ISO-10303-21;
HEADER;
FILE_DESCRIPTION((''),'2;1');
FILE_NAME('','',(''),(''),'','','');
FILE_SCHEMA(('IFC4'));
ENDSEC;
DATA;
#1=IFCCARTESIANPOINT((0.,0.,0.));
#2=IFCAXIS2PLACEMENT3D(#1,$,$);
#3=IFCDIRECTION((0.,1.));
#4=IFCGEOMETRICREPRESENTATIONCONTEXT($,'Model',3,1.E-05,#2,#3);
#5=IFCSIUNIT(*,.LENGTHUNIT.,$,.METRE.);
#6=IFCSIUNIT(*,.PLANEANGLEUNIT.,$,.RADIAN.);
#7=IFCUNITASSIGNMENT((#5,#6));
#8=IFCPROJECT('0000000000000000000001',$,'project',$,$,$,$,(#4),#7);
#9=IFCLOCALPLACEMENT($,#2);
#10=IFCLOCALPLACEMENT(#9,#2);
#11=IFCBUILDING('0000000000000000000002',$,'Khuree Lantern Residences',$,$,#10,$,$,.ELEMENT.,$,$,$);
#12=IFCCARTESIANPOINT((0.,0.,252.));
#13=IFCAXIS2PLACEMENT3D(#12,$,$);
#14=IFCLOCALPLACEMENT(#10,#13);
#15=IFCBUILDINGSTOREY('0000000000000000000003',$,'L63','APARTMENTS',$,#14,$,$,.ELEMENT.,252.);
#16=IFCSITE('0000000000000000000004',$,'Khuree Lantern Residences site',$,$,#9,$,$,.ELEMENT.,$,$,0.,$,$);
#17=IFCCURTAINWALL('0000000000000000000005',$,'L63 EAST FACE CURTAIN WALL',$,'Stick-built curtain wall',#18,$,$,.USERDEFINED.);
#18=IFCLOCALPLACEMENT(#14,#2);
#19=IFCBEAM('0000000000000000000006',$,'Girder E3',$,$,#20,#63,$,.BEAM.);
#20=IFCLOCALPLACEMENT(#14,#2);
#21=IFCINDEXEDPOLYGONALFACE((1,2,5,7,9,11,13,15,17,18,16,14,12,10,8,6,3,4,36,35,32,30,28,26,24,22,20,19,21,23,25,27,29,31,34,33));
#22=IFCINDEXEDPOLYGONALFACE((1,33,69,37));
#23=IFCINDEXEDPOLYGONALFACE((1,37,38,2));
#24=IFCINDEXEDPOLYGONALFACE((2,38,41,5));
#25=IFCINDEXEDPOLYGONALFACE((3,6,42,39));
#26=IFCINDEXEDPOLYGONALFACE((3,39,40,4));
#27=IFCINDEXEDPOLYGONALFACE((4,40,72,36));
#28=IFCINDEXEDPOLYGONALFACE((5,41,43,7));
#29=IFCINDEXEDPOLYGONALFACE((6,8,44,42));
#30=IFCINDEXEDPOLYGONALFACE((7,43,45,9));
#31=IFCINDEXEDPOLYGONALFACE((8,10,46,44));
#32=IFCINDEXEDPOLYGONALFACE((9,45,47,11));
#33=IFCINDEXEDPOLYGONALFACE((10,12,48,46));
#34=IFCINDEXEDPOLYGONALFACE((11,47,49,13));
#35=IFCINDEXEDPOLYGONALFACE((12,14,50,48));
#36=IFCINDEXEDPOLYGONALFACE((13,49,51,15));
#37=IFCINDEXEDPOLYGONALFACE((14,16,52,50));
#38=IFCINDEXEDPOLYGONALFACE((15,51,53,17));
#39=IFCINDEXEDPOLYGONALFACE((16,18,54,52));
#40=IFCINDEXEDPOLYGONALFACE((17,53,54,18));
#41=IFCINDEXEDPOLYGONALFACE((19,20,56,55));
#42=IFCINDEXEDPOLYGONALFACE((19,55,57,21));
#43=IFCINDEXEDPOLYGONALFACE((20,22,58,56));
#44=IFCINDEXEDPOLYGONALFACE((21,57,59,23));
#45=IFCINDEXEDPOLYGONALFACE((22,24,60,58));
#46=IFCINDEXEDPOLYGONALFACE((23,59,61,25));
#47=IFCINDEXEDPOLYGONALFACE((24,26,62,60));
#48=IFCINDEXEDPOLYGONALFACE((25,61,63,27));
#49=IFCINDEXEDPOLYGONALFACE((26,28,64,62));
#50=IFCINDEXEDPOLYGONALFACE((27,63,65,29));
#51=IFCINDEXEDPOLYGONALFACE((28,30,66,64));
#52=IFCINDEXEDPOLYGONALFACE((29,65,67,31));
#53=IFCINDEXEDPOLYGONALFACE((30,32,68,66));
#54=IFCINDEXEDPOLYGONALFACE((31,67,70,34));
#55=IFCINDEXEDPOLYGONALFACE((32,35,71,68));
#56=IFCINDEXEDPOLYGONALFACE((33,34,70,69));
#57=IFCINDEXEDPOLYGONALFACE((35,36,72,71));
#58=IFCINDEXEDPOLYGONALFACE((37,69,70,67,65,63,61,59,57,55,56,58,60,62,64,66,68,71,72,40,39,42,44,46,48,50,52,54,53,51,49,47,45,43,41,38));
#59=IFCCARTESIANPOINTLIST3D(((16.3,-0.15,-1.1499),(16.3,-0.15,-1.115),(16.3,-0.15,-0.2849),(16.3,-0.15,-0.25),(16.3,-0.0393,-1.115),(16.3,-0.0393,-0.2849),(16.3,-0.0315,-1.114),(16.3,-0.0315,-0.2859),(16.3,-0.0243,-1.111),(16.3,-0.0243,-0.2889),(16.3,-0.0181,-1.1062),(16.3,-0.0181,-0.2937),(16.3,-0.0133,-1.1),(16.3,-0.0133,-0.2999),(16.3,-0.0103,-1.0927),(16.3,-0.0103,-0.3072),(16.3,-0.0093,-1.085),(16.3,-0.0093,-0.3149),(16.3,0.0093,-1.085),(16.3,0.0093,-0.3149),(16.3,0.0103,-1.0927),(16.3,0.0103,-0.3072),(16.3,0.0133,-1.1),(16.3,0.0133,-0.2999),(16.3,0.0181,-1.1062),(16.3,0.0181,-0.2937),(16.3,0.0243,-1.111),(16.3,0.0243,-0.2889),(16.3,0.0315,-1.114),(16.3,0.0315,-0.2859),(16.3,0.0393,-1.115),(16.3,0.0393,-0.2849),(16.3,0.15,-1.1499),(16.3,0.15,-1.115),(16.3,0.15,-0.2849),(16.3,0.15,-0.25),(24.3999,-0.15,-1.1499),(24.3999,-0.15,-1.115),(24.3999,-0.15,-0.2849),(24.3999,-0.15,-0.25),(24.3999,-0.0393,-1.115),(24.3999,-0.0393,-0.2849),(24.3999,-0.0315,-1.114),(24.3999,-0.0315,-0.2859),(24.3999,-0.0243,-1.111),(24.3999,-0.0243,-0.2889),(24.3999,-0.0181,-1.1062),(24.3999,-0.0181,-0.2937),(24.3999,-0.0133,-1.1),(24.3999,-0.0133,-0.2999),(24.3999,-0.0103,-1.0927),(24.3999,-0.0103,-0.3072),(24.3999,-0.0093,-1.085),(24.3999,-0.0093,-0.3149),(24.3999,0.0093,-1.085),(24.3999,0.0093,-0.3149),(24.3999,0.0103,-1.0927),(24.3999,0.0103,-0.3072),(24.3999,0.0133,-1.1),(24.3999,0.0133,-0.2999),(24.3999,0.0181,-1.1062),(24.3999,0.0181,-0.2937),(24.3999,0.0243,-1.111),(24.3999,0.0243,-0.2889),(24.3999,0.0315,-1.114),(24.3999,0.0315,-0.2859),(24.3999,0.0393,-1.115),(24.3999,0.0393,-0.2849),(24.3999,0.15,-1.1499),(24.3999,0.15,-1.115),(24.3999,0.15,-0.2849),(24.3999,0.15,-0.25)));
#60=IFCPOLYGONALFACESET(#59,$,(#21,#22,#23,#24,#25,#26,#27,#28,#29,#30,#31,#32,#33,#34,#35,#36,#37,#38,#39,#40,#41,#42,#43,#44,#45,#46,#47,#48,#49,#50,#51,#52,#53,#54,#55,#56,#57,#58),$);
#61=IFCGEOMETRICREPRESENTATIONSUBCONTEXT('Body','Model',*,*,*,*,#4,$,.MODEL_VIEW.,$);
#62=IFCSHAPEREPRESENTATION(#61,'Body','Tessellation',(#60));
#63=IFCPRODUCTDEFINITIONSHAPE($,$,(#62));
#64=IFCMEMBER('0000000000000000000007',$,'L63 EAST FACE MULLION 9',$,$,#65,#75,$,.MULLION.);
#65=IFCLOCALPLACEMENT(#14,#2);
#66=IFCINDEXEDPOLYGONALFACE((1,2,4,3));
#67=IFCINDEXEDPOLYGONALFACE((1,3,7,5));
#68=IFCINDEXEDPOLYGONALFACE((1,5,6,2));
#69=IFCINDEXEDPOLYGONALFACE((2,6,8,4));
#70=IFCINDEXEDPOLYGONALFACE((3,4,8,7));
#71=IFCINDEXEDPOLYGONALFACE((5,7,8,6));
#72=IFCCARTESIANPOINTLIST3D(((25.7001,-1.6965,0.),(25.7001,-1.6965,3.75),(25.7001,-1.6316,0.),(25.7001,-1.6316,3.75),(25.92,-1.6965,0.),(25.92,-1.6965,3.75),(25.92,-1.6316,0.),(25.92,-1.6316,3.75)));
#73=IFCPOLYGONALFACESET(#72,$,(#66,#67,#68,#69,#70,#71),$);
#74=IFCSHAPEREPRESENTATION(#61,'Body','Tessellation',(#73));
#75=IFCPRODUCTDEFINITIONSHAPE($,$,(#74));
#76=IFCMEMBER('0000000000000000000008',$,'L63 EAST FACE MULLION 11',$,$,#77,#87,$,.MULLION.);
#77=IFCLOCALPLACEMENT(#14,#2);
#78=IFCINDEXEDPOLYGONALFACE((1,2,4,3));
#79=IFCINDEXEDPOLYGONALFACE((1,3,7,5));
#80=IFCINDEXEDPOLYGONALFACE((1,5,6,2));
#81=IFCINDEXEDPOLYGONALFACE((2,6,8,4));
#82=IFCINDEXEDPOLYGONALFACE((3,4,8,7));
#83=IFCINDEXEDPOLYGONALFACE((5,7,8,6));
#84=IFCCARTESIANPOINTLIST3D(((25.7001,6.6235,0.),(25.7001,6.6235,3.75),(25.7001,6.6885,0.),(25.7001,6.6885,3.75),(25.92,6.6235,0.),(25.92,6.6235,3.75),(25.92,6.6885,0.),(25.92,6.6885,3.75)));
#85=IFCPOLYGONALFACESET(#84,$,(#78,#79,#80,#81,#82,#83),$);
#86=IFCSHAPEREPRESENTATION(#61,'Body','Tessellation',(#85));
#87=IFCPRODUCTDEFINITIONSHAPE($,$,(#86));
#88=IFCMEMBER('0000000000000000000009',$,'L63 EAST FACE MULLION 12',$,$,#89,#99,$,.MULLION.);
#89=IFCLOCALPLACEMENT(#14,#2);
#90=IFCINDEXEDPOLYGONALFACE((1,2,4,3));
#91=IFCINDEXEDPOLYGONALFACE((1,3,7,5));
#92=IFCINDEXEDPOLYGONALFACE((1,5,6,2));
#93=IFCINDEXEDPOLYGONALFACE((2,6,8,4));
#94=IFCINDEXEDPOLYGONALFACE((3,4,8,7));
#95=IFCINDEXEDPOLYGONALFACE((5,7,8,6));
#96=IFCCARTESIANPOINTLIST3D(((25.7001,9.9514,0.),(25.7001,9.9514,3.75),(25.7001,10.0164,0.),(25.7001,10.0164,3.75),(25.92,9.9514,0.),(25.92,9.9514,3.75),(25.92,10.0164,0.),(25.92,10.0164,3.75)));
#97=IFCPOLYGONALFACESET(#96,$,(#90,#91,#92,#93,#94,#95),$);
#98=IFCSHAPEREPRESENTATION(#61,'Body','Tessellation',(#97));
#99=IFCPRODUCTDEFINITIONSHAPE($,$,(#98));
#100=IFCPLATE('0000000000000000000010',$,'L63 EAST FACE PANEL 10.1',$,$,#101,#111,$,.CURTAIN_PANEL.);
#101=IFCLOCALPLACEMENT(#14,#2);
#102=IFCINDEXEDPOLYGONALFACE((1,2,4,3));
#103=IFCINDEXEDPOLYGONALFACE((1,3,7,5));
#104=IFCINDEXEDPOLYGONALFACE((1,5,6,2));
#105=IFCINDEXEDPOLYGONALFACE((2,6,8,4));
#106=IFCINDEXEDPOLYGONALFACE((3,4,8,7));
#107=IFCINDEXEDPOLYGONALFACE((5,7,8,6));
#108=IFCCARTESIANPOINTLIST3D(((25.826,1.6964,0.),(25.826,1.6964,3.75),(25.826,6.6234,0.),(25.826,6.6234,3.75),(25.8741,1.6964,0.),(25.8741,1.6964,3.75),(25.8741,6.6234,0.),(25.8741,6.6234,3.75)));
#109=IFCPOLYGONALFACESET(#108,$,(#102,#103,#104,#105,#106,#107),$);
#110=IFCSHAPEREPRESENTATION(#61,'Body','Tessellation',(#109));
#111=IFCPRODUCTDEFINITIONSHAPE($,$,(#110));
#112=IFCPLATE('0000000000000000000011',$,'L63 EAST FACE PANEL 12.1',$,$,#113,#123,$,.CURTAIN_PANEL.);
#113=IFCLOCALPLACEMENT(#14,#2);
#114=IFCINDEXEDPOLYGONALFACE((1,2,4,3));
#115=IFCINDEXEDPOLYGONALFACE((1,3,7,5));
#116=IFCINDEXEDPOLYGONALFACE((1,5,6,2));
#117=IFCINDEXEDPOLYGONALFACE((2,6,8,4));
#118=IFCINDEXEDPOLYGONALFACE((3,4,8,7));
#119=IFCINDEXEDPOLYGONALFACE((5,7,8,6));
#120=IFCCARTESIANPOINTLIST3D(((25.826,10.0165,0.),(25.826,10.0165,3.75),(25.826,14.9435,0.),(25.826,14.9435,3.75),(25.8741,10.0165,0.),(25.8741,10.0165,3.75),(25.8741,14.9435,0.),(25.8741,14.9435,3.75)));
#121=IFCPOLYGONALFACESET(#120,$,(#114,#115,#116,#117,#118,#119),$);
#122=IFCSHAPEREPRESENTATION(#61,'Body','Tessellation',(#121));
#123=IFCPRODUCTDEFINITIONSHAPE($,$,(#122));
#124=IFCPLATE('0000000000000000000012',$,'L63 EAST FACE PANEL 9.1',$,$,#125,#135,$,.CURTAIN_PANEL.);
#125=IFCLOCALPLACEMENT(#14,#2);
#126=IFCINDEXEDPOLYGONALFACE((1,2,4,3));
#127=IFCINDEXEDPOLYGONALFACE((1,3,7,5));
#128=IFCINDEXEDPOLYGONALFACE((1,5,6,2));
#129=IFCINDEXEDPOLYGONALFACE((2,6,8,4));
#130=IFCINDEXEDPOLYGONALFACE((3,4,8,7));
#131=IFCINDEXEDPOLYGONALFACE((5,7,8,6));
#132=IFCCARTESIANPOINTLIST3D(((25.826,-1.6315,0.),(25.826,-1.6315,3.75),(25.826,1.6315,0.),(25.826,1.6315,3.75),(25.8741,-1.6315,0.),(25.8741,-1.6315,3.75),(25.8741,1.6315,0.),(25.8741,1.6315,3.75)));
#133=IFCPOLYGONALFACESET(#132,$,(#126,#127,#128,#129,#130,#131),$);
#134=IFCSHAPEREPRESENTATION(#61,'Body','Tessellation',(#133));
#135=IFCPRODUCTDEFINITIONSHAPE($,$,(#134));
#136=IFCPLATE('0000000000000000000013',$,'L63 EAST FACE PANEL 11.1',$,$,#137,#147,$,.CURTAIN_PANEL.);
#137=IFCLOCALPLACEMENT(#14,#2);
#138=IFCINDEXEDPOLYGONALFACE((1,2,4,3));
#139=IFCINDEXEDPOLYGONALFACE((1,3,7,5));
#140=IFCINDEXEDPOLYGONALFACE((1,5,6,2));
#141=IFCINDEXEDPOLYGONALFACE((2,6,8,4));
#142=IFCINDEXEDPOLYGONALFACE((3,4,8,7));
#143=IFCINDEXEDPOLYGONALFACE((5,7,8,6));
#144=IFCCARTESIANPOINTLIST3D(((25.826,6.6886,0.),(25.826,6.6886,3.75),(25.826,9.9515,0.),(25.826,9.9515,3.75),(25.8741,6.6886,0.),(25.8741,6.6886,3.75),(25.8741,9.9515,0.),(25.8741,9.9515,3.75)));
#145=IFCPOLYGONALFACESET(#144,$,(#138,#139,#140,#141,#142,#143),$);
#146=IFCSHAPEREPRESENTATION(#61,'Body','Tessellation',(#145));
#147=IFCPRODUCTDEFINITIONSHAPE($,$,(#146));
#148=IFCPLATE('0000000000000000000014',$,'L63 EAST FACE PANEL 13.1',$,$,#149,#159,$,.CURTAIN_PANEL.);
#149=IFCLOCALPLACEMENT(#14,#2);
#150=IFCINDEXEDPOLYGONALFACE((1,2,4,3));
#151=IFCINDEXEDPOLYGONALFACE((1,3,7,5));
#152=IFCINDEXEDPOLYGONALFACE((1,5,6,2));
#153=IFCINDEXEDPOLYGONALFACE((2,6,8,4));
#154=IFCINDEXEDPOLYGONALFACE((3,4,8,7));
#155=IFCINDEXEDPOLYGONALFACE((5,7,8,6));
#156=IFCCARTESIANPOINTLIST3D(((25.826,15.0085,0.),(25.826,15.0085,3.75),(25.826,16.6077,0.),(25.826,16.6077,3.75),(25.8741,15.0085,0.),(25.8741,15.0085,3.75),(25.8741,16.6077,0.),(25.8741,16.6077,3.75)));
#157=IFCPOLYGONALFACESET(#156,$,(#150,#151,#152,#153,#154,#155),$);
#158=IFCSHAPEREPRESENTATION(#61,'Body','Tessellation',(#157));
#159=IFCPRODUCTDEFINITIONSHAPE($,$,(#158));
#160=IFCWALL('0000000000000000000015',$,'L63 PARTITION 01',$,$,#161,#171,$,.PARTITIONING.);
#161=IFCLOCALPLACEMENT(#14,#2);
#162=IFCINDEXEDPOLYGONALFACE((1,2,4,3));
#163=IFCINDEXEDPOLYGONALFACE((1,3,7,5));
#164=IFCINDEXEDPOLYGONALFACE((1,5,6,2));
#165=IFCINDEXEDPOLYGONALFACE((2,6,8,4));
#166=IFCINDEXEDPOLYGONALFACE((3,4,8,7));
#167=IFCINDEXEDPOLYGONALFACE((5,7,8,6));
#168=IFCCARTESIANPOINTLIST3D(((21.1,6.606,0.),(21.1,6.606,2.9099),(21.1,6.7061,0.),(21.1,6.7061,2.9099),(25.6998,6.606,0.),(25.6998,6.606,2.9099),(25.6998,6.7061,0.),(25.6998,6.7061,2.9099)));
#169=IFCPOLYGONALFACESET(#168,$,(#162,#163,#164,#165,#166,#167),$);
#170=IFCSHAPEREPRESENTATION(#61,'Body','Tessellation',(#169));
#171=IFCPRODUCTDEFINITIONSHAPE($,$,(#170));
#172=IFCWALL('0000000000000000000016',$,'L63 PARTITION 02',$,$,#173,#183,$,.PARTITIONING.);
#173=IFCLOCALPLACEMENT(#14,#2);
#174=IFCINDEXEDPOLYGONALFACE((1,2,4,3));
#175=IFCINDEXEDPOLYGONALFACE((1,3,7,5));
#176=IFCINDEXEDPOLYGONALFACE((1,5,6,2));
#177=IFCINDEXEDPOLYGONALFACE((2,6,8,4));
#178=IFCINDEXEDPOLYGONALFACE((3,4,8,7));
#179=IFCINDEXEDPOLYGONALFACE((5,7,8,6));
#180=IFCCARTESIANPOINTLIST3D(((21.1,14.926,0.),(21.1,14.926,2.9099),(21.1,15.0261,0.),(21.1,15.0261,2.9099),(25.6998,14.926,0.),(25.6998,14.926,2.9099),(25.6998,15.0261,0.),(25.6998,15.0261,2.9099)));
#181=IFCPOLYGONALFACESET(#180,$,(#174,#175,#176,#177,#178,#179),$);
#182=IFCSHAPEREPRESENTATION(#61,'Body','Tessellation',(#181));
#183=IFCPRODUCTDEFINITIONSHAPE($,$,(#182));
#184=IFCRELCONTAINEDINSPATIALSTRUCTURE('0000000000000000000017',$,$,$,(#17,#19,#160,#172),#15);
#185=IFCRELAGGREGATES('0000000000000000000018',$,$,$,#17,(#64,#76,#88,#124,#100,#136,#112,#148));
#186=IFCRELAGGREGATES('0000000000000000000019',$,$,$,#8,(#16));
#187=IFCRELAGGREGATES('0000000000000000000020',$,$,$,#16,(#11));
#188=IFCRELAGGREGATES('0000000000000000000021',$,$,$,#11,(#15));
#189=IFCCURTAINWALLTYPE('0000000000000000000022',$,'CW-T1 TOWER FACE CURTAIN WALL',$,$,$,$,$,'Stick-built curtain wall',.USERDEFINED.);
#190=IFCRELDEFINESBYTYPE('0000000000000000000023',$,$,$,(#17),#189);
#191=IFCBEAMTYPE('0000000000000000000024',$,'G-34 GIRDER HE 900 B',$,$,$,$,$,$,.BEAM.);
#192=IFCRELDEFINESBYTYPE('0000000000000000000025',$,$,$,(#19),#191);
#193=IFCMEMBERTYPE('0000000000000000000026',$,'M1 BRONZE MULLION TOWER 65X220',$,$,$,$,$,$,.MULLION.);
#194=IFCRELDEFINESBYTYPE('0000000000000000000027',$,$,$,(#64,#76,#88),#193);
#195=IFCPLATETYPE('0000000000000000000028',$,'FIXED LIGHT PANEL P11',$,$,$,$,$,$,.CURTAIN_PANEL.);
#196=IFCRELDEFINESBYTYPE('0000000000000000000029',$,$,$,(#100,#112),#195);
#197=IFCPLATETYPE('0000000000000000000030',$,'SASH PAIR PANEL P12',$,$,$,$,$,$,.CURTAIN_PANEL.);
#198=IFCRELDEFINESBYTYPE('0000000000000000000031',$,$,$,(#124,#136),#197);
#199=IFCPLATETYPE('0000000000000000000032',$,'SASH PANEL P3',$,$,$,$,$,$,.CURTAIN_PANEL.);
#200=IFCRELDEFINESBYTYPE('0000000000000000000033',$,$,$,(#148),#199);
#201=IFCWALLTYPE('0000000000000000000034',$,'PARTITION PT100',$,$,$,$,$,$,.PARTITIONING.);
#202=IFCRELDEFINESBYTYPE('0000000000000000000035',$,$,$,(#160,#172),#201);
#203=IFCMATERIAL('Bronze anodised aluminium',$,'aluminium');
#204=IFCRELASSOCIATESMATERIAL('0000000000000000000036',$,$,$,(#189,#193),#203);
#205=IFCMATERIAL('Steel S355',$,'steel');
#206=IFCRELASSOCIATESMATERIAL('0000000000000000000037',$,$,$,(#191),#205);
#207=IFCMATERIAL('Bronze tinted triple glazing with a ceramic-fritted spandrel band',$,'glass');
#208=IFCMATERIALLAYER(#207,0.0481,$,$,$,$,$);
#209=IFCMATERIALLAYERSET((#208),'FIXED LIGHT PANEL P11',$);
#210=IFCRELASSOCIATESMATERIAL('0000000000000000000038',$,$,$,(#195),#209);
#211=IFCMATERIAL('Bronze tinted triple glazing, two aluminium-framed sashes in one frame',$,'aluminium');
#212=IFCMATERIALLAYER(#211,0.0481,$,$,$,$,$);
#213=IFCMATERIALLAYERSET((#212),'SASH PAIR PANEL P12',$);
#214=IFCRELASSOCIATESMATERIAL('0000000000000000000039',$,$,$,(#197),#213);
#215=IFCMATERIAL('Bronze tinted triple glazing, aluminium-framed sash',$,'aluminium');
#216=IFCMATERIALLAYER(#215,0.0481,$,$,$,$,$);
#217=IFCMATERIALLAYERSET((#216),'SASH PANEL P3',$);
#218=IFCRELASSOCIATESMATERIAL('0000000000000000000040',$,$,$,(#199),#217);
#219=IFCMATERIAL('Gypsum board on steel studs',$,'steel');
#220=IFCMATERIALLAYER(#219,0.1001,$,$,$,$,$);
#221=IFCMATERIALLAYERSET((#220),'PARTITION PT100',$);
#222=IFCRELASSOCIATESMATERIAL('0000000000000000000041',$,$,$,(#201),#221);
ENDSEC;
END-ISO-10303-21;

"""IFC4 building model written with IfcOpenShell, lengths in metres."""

from ifc_helpers import new_model, si_unit, direction, frame, frame_2d, origin, origin_2d, place, context, subcontext, project, spatial, rectangle, i_section, extrude, material, layer, layer_set, material_profile, profile_set, type_object, element, aggregate, save


model = new_model("IFC4")

# Units and contexts
model_context = context("Model", 3, precision=1e-05, world=origin(), true_north=direction((0.0, 1.0)))
body_context = subcontext(model_context, "Body", "Model", "MODEL_VIEW")
ifc_project = project(units=[si_unit("LENGTHUNIT", "METRE"), si_unit("PLANEANGLEUNIT", "RADIAN")], contexts=[model_context])

# Site, building, storey
site_placement = place(None, origin())
site = spatial("IfcSite", under=ifc_project, at=site_placement, Name="Khuree Lantern Residences site", CompositionType="ELEMENT", RefElevation=0.0)
building_placement = place(site_placement, origin())
building = spatial("IfcBuilding", under=site, at=building_placement, Name="Khuree Lantern Residences", CompositionType="ELEMENT")
storey_placement = place(building_placement, frame((0.0, 0.0, 252.0)))
storey = spatial("IfcBuildingStorey", under=building, at=storey_placement, Name="L63", Description="APARTMENTS", CompositionType="ELEMENT", Elevation=252.0)

# Shared definitions
ifc_material_1 = material(Name="Steel S355", Category="steel")

# Curtain wall
ifc_material_2 = material(Name="Bronze anodised aluminium", Category="aluminium")
curtain_wall_type = type_object("IfcCurtainWallType", Name="CW-T1 TOWER FACE CURTAIN WALL", ElementType="Stick-built curtain wall", PredefinedType="USERDEFINED", material=ifc_material_2)
curtain_wall_placement = place(storey_placement, origin())
curtain_wall = element("IfcCurtainWall", 1, at=curtain_wall_placement, inside=storey, type_object=curtain_wall_type, Name="L63 EAST FACE CURTAIN WALL", ObjectType="Stick-built curtain wall", PredefinedType="USERDEFINED")

# Beam
ifc_material_profile_1 = material_profile(ifc_material_1, i_section(OverallWidth=0.3, OverallDepth=0.8999, WebThickness=0.0186, FlangeThickness=0.0349, FilletRadius=0.03, at=origin_2d()), Name="HE 900 B")
ifc_profile_set_1 = profile_set([ifc_material_profile_1], Name="Steel S355")
beam_type_1 = type_object("IfcBeamType", Name="G-34 GIRDER HE 900 B", PredefinedType="BEAM", material=ifc_profile_set_1)
for number, where, z_axis, x_axis, name in (
    (2, (24.3999, 0.0, -0.7), (-1.0, 0.0, 0.0), (0.0, -1.0, 0.0), "Girder E3"),
):
    element("IfcBeam", number, at=place(storey_placement, frame(where, z_axis=z_axis, x_axis=x_axis)), inside=storey, type_object=beam_type_1, Name=name, PredefinedType="BEAM", context=body_context, shape_type="SweptSolid", body=[
        extrude(i_section(OverallWidth=0.3, OverallDepth=0.8999, WebThickness=0.0186, FlangeThickness=0.0349, FilletRadius=0.03, at=origin_2d()), origin(), (0.0, 0.0, 1.0), 8.0999),
    ])

# Members
ifc_material_profile_2 = material_profile(ifc_material_2, rectangle(XDim=0.0649, YDim=0.22, at=origin_2d()), Name="M1 65X220")
ifc_profile_set_2 = profile_set([ifc_material_profile_2], Name="Bronze anodised aluminium")
member_type_1 = type_object("IfcMemberType", Name="M1 BRONZE MULLION TOWER 65X220", PredefinedType="MULLION", material=ifc_profile_set_2)
member_1_placement = place(storey_placement, frame((25.8101, -1.6641, 0.0), z_axis=(0.0, 0.0, 1.0), x_axis=(0.0, 1.0, 0.0)))
member_1 = element("IfcMember", 3, at=member_1_placement, type_object=member_type_1, Name="L63 EAST FACE MULLION 9", PredefinedType="MULLION", context=body_context, shape_type="SweptSolid", body=[
    extrude(rectangle(XDim=0.0649, YDim=0.22, at=origin_2d()), origin(), (0.0, 0.0, 1.0), 3.75),
])
member_2_placement = place(storey_placement, frame((25.8101, 6.656, 0.0), z_axis=(0.0, 0.0, 1.0), x_axis=(0.0, 1.0, 0.0)))
member_2 = element("IfcMember", 4, at=member_2_placement, type_object=member_type_1, Name="L63 EAST FACE MULLION 11", PredefinedType="MULLION", context=body_context, shape_type="SweptSolid", body=[
    extrude(rectangle(XDim=0.0649, YDim=0.22, at=origin_2d()), origin(), (0.0, 0.0, 1.0), 3.75),
])
member_3_placement = place(storey_placement, frame((25.8101, 9.9839, 0.0), z_axis=(0.0, 0.0, 1.0), x_axis=(0.0, 1.0, 0.0)))
member_3 = element("IfcMember", 5, at=member_3_placement, type_object=member_type_1, Name="L63 EAST FACE MULLION 12", PredefinedType="MULLION", context=body_context, shape_type="SweptSolid", body=[
    extrude(rectangle(XDim=0.0649, YDim=0.22, at=origin_2d()), origin(), (0.0, 0.0, 1.0), 3.75),
])

# Plates
ifc_material_3 = material(Name="Bronze tinted triple glazing with a ceramic-fritted spandrel band", Category="glass")
ifc_layer_1 = layer(ifc_material_3, 0.0481)
ifc_layer_set_1 = layer_set([ifc_layer_1], Name="FIXED LIGHT PANEL P11")
plate_type_1 = type_object("IfcPlateType", Name="FIXED LIGHT PANEL P11", PredefinedType="CURTAIN_PANEL", material=ifc_layer_set_1)
plate_1_placement = place(storey_placement, frame((25.8501, 4.1599, 0.0), z_axis=(0.0, 0.0, 1.0), x_axis=(0.0, 1.0, 0.0)))
plate_1 = element("IfcPlate", 6, at=plate_1_placement, type_object=plate_type_1, Name="L63 EAST FACE PANEL 10.1", PredefinedType="CURTAIN_PANEL", context=body_context, shape_type="SweptSolid", body=[
    extrude(rectangle(XDim=4.927, YDim=0.0481, at=origin_2d()), origin(), (0.0, 0.0, 1.0), 3.75),
])
plate_2_placement = place(storey_placement, frame((25.8501, 12.48, 0.0), z_axis=(0.0, 0.0, 1.0), x_axis=(0.0, 1.0, 0.0)))
plate_2 = element("IfcPlate", 7, at=plate_2_placement, type_object=plate_type_1, Name="L63 EAST FACE PANEL 12.1", PredefinedType="CURTAIN_PANEL", context=body_context, shape_type="SweptSolid", body=[
    extrude(rectangle(XDim=4.927, YDim=0.0481, at=origin_2d()), origin(), (0.0, 0.0, 1.0), 3.75),
])
ifc_material_4 = material(Name="Bronze tinted triple glazing, two aluminium-framed sashes in one frame", Category="aluminium")
ifc_layer_2 = layer(ifc_material_4, 0.0481)
ifc_layer_set_2 = layer_set([ifc_layer_2], Name="SASH PAIR PANEL P12")
plate_type_2 = type_object("IfcPlateType", Name="SASH PAIR PANEL P12", PredefinedType="CURTAIN_PANEL", material=ifc_layer_set_2)
plate_3_placement = place(storey_placement, frame((25.8501, 0.0, 0.0), z_axis=(0.0, 0.0, 1.0), x_axis=(0.0, 1.0, 0.0)))
plate_3 = element("IfcPlate", 8, at=plate_3_placement, type_object=plate_type_2, Name="L63 EAST FACE PANEL 9.1", PredefinedType="CURTAIN_PANEL", context=body_context, shape_type="SweptSolid", body=[
    extrude(rectangle(XDim=3.2629, YDim=0.0481, at=origin_2d()), origin(), (0.0, 0.0, 1.0), 3.75),
])
plate_4_placement = place(storey_placement, frame((25.8501, 8.3201, 0.0), z_axis=(0.0, 0.0, 1.0), x_axis=(0.0, 1.0, 0.0)))
plate_4 = element("IfcPlate", 9, at=plate_4_placement, type_object=plate_type_2, Name="L63 EAST FACE PANEL 11.1", PredefinedType="CURTAIN_PANEL", context=body_context, shape_type="SweptSolid", body=[
    extrude(rectangle(XDim=3.2629, YDim=0.0481, at=origin_2d()), origin(), (0.0, 0.0, 1.0), 3.75),
])
ifc_material_5 = material(Name="Bronze tinted triple glazing, aluminium-framed sash", Category="aluminium")
ifc_layer_3 = layer(ifc_material_5, 0.0481)
ifc_layer_set_3 = layer_set([ifc_layer_3], Name="SASH PANEL P3")
plate_type_3 = type_object("IfcPlateType", Name="SASH PANEL P3", PredefinedType="CURTAIN_PANEL", material=ifc_layer_set_3)
plate_5_placement = place(storey_placement, frame((25.8501, 15.8081, 0.0), z_axis=(0.0, 0.0, 1.0), x_axis=(0.0, 1.0, 0.0)))
plate_5 = element("IfcPlate", 10, at=plate_5_placement, type_object=plate_type_3, Name="L63 EAST FACE PANEL 13.1", PredefinedType="CURTAIN_PANEL", context=body_context, shape_type="SweptSolid", body=[
    extrude(rectangle(XDim=1.5991, YDim=0.0481, at=origin_2d()), origin(), (0.0, 0.0, 1.0), 3.75),
])
aggregate(curtain_wall, [member_1, member_2, member_3, plate_3, plate_1, plate_4, plate_2, plate_5])

# Walls
ifc_material_6 = material(Name="Gypsum board on steel studs", Category="steel")
ifc_layer_4 = layer(ifc_material_6, 0.1001)
ifc_layer_set_4 = layer_set([ifc_layer_4], Name="PARTITION PT100")
wall_type = type_object("IfcWallType", Name="PARTITION PT100", PredefinedType="PARTITIONING", material=ifc_layer_set_4)
for number, where, z_axis, x_axis, name in (
    (11, (21.1001, 6.656, 0.0), (0.0, 0.0, 1.0), (1.0, 0.0, 0.0), "L63 PARTITION 01"),
    (12, (21.1001, 14.9761, 0.0), (0.0, 0.0, 1.0), (1.0, 0.0, 0.0), "L63 PARTITION 02"),
):
    element("IfcWall", number, at=place(storey_placement, frame(where, z_axis=z_axis, x_axis=x_axis)), inside=storey, type_object=wall_type, Name=name, PredefinedType="PARTITIONING", context=body_context, shape_type="SweptSolid", body=[
        extrude(rectangle(XDim=4.5999, YDim=0.1001, at=frame_2d((2.2998, 0.0))), origin(), (0.0, 0.0, 1.0), 2.9099),
    ])

save(model, "model.ifc")
